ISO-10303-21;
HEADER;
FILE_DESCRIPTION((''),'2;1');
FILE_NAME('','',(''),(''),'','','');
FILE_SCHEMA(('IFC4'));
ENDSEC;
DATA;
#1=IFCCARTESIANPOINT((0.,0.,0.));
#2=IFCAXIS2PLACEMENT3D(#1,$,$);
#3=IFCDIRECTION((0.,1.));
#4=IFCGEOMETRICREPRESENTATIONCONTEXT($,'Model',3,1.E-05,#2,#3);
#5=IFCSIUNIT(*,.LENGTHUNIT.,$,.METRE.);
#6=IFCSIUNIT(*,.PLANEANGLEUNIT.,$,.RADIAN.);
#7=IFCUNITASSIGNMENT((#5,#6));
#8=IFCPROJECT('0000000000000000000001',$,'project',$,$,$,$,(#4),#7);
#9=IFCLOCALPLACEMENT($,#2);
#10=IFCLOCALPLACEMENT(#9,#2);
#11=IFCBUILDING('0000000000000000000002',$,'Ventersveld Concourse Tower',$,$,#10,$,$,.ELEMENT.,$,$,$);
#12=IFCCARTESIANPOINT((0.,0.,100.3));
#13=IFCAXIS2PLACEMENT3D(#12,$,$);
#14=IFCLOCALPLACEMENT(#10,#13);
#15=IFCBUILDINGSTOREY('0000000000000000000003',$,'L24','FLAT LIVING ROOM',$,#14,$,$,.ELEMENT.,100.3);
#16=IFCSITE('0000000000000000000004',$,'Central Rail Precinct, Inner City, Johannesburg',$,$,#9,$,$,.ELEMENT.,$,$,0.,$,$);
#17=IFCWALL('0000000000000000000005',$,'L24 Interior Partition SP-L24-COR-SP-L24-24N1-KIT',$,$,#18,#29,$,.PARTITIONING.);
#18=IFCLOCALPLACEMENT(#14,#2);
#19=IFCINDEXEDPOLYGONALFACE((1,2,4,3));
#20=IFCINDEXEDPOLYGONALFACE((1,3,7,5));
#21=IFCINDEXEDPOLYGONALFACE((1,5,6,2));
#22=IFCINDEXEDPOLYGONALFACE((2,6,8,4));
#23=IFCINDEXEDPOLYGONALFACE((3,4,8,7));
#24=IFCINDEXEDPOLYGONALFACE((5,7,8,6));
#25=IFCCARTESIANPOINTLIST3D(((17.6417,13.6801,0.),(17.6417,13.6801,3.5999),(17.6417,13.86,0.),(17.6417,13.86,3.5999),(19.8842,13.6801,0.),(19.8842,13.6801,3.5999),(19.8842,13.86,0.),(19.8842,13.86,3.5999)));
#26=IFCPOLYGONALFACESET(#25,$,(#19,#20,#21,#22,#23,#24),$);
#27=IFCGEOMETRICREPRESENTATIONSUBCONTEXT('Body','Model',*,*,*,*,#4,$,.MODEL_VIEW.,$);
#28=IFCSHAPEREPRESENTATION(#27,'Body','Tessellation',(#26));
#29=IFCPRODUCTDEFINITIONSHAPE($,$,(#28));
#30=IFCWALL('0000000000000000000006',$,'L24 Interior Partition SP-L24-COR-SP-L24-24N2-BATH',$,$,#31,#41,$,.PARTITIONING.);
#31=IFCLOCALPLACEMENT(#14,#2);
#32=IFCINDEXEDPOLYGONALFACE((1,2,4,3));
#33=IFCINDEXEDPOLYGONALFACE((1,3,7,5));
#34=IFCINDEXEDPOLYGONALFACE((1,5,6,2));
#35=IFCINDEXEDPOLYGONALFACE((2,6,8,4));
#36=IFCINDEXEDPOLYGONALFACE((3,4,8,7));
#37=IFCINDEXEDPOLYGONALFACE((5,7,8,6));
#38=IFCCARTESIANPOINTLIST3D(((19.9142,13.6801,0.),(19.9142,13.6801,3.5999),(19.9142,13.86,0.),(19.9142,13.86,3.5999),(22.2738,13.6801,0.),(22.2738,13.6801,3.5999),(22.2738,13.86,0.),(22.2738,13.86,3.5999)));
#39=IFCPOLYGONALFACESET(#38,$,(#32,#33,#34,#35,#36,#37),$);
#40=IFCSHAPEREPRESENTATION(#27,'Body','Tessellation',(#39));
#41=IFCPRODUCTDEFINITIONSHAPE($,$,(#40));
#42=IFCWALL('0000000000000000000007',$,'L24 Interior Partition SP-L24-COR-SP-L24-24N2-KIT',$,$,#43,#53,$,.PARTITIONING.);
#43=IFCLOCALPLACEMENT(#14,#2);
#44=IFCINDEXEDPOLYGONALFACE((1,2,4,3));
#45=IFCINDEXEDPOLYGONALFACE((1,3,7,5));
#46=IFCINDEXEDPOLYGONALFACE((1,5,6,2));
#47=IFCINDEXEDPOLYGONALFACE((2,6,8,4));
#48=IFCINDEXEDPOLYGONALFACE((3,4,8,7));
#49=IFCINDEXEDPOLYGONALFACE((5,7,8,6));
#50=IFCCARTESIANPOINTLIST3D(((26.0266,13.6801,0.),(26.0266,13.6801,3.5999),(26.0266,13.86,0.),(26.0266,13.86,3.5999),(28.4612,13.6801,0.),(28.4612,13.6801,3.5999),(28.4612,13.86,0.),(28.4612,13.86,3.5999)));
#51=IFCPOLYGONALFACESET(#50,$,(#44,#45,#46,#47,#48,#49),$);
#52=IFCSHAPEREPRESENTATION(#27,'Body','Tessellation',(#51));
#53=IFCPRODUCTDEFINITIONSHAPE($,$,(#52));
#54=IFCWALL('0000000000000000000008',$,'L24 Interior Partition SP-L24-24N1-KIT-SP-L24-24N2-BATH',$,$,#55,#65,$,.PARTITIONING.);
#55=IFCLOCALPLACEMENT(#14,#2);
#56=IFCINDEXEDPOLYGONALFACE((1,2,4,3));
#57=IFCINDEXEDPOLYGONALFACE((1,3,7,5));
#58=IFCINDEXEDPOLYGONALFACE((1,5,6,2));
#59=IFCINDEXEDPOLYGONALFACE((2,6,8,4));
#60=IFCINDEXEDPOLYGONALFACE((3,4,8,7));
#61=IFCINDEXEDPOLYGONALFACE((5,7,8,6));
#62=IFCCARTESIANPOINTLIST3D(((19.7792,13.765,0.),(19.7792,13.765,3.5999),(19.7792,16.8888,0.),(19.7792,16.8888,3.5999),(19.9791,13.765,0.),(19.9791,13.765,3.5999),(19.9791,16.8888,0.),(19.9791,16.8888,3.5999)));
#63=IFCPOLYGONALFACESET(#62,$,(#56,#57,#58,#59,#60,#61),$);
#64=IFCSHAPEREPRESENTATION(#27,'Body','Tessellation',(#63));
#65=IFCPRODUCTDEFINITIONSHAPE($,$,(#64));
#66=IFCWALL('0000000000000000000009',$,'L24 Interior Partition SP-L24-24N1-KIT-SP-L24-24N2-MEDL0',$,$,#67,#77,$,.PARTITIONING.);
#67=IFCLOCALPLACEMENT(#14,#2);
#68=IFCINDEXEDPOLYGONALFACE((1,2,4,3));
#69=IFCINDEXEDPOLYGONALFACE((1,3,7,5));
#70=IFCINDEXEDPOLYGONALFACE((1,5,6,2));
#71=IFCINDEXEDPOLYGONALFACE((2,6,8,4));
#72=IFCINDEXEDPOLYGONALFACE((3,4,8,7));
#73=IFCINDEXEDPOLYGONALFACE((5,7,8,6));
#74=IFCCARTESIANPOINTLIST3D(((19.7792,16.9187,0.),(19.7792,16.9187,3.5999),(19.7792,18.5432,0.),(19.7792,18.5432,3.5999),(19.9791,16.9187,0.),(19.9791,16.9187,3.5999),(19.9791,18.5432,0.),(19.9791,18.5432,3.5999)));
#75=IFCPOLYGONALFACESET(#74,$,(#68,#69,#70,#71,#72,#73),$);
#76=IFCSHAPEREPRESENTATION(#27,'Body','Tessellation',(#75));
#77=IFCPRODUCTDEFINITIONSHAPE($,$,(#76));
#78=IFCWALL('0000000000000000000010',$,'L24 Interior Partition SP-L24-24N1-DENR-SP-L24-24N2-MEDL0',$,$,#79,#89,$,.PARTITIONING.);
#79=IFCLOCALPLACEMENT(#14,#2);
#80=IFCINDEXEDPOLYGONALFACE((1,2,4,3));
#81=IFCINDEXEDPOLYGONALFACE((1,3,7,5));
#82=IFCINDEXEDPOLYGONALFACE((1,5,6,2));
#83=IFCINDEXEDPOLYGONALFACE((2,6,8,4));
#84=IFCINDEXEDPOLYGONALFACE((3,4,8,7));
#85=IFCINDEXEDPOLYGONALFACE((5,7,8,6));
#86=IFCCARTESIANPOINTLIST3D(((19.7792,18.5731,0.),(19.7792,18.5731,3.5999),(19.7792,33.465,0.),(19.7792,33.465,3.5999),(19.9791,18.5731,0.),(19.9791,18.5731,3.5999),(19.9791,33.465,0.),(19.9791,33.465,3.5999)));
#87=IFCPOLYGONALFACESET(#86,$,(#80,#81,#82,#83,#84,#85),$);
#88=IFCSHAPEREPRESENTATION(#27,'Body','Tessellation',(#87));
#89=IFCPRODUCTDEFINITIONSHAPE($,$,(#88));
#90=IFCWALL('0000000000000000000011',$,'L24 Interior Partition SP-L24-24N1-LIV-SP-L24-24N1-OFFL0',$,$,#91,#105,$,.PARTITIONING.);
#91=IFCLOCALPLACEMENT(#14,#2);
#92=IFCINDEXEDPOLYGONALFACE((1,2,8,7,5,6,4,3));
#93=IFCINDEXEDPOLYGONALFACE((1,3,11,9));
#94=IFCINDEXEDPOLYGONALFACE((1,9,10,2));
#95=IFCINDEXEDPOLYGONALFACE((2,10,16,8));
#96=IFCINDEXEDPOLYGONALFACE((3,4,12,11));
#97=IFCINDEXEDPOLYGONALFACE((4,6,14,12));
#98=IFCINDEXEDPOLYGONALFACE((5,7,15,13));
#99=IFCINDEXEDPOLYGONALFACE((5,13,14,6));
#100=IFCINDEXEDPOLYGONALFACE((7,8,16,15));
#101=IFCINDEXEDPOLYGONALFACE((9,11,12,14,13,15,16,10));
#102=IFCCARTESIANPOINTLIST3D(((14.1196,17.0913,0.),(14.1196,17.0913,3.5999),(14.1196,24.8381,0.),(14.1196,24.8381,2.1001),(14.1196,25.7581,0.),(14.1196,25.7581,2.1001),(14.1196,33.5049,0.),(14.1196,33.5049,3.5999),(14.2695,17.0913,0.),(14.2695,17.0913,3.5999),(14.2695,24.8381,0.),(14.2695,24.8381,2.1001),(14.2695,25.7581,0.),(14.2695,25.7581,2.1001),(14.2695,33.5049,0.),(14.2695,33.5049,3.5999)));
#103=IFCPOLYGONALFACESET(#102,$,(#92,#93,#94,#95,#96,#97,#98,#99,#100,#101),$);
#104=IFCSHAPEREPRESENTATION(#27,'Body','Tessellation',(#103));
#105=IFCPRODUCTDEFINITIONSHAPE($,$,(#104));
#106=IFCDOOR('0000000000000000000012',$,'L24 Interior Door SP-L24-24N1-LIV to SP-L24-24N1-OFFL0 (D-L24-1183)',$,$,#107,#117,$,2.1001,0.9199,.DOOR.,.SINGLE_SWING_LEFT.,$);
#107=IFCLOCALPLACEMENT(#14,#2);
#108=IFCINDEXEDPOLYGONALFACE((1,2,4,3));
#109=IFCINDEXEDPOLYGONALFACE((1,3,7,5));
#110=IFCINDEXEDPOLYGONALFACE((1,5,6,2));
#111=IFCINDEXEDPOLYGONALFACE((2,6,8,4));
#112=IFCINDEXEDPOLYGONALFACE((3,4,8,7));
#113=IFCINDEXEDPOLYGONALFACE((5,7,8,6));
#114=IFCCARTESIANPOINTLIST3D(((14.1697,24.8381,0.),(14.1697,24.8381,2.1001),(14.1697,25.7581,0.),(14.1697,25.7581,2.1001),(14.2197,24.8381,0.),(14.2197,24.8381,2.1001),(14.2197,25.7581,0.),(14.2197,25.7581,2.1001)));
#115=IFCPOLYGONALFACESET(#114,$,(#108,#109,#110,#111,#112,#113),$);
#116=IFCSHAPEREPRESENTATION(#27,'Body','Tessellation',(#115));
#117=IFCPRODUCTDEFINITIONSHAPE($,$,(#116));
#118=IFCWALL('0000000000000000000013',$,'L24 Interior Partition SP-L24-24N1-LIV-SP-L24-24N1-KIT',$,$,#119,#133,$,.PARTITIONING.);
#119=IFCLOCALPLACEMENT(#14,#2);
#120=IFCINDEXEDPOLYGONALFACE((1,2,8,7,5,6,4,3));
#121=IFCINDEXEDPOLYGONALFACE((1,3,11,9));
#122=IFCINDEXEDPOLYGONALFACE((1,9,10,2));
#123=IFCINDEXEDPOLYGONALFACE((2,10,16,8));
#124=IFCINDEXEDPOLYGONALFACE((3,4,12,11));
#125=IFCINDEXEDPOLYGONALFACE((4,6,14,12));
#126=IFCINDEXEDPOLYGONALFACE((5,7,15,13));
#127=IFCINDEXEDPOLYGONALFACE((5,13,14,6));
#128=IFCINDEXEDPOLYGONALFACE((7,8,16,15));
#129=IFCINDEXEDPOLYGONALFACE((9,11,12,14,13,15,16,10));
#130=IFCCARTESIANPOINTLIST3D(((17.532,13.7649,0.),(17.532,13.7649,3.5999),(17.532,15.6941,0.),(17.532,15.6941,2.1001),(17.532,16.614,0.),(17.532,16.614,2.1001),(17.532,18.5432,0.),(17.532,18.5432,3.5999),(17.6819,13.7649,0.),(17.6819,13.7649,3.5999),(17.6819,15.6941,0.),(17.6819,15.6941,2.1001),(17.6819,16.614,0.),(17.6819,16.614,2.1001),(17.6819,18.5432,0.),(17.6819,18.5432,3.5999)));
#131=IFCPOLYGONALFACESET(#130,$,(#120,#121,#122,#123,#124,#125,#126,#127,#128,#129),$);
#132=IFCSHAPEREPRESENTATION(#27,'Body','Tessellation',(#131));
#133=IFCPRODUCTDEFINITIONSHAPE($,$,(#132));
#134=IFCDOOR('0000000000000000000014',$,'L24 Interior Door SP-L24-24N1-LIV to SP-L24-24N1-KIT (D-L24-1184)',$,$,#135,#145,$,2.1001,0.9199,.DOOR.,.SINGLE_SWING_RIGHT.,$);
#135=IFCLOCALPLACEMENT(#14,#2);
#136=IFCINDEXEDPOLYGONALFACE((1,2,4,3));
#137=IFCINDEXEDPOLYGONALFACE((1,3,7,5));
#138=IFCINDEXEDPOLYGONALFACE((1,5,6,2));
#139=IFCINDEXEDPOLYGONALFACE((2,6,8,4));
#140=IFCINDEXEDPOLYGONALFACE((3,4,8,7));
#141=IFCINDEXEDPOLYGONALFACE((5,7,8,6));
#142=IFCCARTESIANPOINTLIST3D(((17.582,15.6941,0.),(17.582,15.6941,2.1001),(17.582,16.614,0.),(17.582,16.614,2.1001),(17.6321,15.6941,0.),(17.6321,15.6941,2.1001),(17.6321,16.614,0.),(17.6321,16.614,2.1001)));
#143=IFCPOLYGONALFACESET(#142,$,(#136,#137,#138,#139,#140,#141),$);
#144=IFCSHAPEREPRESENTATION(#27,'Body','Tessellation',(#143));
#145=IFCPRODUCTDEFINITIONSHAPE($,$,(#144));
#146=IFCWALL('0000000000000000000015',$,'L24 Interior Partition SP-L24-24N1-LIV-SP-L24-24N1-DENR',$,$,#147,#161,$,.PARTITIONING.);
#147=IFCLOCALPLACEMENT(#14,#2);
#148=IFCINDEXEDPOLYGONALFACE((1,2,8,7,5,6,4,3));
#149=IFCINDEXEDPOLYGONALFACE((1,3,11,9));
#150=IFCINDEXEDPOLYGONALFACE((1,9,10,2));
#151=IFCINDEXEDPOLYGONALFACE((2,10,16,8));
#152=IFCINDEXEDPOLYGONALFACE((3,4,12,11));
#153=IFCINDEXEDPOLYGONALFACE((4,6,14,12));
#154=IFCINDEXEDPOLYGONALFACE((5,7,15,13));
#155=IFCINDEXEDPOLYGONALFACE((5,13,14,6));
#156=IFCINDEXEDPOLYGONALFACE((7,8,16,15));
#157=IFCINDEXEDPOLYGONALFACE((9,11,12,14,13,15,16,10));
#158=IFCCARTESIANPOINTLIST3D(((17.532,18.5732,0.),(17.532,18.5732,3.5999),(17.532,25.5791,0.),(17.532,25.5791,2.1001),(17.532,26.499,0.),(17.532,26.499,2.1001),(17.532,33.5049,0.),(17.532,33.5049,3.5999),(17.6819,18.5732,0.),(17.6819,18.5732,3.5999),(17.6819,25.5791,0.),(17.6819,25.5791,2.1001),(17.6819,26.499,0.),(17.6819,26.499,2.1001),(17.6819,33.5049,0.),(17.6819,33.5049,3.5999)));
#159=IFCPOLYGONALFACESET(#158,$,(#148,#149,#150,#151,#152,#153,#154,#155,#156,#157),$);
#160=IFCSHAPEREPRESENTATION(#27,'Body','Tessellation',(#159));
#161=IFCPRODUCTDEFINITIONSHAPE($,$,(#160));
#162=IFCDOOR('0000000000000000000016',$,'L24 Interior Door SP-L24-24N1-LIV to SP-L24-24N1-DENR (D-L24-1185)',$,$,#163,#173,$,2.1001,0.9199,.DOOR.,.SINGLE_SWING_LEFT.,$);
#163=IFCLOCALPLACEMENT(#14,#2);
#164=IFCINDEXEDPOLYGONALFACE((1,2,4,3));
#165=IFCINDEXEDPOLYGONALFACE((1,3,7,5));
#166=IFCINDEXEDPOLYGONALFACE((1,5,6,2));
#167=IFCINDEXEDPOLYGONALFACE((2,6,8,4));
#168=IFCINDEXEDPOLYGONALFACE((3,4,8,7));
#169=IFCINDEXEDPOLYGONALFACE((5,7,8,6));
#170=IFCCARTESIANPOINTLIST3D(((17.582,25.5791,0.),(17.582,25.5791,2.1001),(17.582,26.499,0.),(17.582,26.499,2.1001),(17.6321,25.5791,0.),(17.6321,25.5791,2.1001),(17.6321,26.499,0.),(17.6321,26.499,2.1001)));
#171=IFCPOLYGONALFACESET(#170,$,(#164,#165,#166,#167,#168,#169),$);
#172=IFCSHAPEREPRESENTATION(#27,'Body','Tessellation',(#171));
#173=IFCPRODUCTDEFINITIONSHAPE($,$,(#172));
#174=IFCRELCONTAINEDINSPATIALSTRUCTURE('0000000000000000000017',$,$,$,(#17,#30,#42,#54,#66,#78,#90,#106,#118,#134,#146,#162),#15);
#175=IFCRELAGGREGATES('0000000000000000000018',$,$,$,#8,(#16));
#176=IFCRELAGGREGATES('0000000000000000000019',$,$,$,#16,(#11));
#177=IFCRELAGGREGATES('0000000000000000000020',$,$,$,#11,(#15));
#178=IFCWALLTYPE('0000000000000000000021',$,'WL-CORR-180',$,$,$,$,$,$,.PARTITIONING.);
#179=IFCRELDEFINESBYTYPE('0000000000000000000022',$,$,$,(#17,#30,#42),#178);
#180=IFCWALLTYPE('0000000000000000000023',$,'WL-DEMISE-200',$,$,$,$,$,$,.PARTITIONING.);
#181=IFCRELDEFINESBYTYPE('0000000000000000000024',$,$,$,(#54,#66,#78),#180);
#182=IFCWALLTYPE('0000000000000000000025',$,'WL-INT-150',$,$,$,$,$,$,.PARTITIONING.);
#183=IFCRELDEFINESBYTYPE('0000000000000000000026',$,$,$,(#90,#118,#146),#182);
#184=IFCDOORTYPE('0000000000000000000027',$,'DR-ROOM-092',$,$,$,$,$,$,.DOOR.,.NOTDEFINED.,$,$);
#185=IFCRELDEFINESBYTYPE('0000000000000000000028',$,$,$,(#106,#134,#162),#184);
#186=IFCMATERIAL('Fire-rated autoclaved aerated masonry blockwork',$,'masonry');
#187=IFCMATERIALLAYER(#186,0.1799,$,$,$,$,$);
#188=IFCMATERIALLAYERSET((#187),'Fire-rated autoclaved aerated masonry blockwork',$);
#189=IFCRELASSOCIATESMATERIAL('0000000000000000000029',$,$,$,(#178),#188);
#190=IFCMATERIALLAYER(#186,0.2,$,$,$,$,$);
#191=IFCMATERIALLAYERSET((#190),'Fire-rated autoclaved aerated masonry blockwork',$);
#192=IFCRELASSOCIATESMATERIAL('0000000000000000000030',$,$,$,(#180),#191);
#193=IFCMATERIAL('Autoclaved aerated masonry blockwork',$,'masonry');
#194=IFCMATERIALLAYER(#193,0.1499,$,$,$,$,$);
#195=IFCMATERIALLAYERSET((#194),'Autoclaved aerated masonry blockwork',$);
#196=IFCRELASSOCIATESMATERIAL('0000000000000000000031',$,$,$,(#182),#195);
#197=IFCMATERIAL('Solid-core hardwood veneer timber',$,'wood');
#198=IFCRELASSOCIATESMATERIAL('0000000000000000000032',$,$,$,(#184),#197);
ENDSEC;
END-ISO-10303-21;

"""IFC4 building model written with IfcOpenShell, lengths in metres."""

from ifc_helpers import new_model, si_unit, direction, frame, frame_2d, origin, place, context, subcontext, project, spatial, rectangle, extrude, material, layer, layer_set, type_object, element, fill, save


model = new_model("IFC4")

# Units and contexts
model_context = context("Model", 3, precision=1e-05, world=origin(), true_north=direction((0.0, 1.0)))
body_context = subcontext(model_context, "Body", "Model", "MODEL_VIEW")
ifc_project = project(units=[si_unit("LENGTHUNIT", "METRE"), si_unit("PLANEANGLEUNIT", "RADIAN")], contexts=[model_context])

# Site, building, storey
site_placement = place(None, origin())
site = spatial("IfcSite", under=ifc_project, at=site_placement, Name="Central Rail Precinct, Inner City, Johannesburg", CompositionType="ELEMENT", RefElevation=0.0)
building_placement = place(site_placement, origin())
building = spatial("IfcBuilding", under=site, at=building_placement, Name="Ventersveld Concourse Tower", CompositionType="ELEMENT")
storey_placement = place(building_placement, frame((0.0, 0.0, 100.3)))
storey = spatial("IfcBuildingStorey", under=building, at=storey_placement, Name="L24", Description="FLAT LIVING ROOM", CompositionType="ELEMENT", Elevation=100.3)

# Wall
ifc_material_1 = material(Name="Fire-rated autoclaved aerated masonry blockwork", Category="masonry")
ifc_layer_1 = layer(ifc_material_1, 0.1799)
ifc_layer_set_1 = layer_set([ifc_layer_1], Name="Fire-rated autoclaved aerated masonry blockwork")
wall_type_1 = type_object("IfcWallType", Name="WL-CORR-180", PredefinedType="PARTITIONING", material=ifc_layer_set_1)
wall_1_placement = place(storey_placement, frame((17.6418, 13.77, 0.0), z_axis=(0.0, 0.0, 1.0), x_axis=(1.0, 0.0, 0.0)))
element("IfcWall", 1, at=wall_1_placement, inside=storey, type_object=wall_type_1, Name="L24 Interior Partition SP-L24-COR-SP-L24-24N1-KIT", PredefinedType="PARTITIONING", context=body_context, shape_type="SweptSolid", body=[
    extrude(rectangle(XDim=2.2424, YDim=0.1799, at=frame_2d((1.1211, 0.0))), origin(), (0.0, 0.0, 1.0), 3.5999),
])

# Shared definitions
ifc_material_2 = material(Name="Solid-core hardwood veneer timber", Category="wood")

# Walls
wall_2_placement = place(storey_placement, frame((19.9143, 13.77, 0.0), z_axis=(0.0, 0.0, 1.0), x_axis=(1.0, 0.0, 0.0)))
element("IfcWall", 2, at=wall_2_placement, inside=storey, type_object=wall_type_1, Name="L24 Interior Partition SP-L24-COR-SP-L24-24N2-BATH", PredefinedType="PARTITIONING", context=body_context, shape_type="SweptSolid", body=[
    extrude(rectangle(XDim=2.3596, YDim=0.1799, at=frame_2d((1.1797, 0.0))), origin(), (0.0, 0.0, 1.0), 3.5999),
])
wall_3_placement = place(storey_placement, frame((26.0266, 13.77, 0.0), z_axis=(0.0, 0.0, 1.0), x_axis=(1.0, 0.0, 0.0)))
element("IfcWall", 3, at=wall_3_placement, inside=storey, type_object=wall_type_1, Name="L24 Interior Partition SP-L24-COR-SP-L24-24N2-KIT", PredefinedType="PARTITIONING", context=body_context, shape_type="SweptSolid", body=[
    extrude(rectangle(XDim=2.4346, YDim=0.1799, at=frame_2d((1.2173, 0.0))), origin(), (0.0, 0.0, 1.0), 3.5999),
])
ifc_layer_2 = layer(ifc_material_1, 0.2)
ifc_layer_set_2 = layer_set([ifc_layer_2], Name="Fire-rated autoclaved aerated masonry blockwork")
wall_type_2 = type_object("IfcWallType", Name="WL-DEMISE-200", PredefinedType="PARTITIONING", material=ifc_layer_set_2)
wall_4_placement = place(storey_placement, frame((19.8792, 13.7649, 0.0), z_axis=(0.0, 0.0, 1.0), x_axis=(0.0, 1.0, 0.0)))
element("IfcWall", 4, at=wall_4_placement, inside=storey, type_object=wall_type_2, Name="L24 Interior Partition SP-L24-24N1-KIT-SP-L24-24N2-BATH", PredefinedType="PARTITIONING", context=body_context, shape_type="SweptSolid", body=[
    extrude(rectangle(XDim=3.1238, YDim=0.2, at=frame_2d((1.562, 0.0))), origin(), (0.0, 0.0, 1.0), 3.5999),
])
wall_5_placement = place(storey_placement, frame((19.8792, 16.9187, 0.0), z_axis=(0.0, 0.0, 1.0), x_axis=(0.0, 1.0, 0.0)))
element("IfcWall", 5, at=wall_5_placement, inside=storey, type_object=wall_type_2, Name="L24 Interior Partition SP-L24-24N1-KIT-SP-L24-24N2-MEDL0", PredefinedType="PARTITIONING", context=body_context, shape_type="SweptSolid", body=[
    extrude(rectangle(XDim=1.6245, YDim=0.2, at=frame_2d((0.8123, 0.0))), origin(), (0.0, 0.0, 1.0), 3.5999),
])
wall_6_placement = place(storey_placement, frame((19.8792, 18.5732, 0.0), z_axis=(0.0, 0.0, 1.0), x_axis=(0.0, 1.0, 0.0)))
element("IfcWall", 6, at=wall_6_placement, inside=storey, type_object=wall_type_2, Name="L24 Interior Partition SP-L24-24N1-DENR-SP-L24-24N2-MEDL0", PredefinedType="PARTITIONING", context=body_context, shape_type="SweptSolid", body=[
    extrude(rectangle(XDim=14.8918, YDim=0.2, at=frame_2d((7.4458, 0.0))), origin(), (0.0, 0.0, 1.0), 3.5999),
])

# Walls, openings, doors
ifc_material_3 = material(Name="Autoclaved aerated masonry blockwork", Category="masonry")
ifc_layer_3 = layer(ifc_material_3, 0.1499)
ifc_layer_set_3 = layer_set([ifc_layer_3], Name="Autoclaved aerated masonry blockwork")
wall_type_3 = type_object("IfcWallType", Name="WL-INT-150", PredefinedType="PARTITIONING", material=ifc_layer_set_3)
wall_7_placement = place(storey_placement, frame((14.1946, 17.0913, 0.0), z_axis=(0.0, 0.0, 1.0), x_axis=(0.0, 1.0, 0.0)))
wall_7 = element("IfcWall", 7, at=wall_7_placement, inside=storey, type_object=wall_type_3, Name="L24 Interior Partition SP-L24-24N1-LIV-SP-L24-24N1-OFFL0", PredefinedType="PARTITIONING", context=body_context, shape_type="SweptSolid", body=[
    extrude(rectangle(XDim=16.4136, YDim=0.1499, at=frame_2d((8.2068, 0.0))), origin(), (0.0, 0.0, 1.0), 3.5999),
])
opening_1_placement = place(wall_7_placement, frame((7.7468, 0.0, 0.0)))
opening_1 = element("IfcOpeningElement", 8, at=opening_1_placement, cuts=wall_7, PredefinedType="OPENING", context=body_context, shape_type="SweptSolid", body=[
    extrude(rectangle(XDim=0.9199, YDim=2.1001, at=frame_2d((0.46, 1.05))), frame((0.0, 0.085, 0.0), z_axis=(0.0, -1.0, 0.0), x_axis=(1.0, 0.0, 0.0)), (0.0, 0.0, 1.0), 0.1699),
])
door_type_1 = type_object("IfcDoorType", Name="DR-ROOM-092", OperationType="NOTDEFINED", PredefinedType="DOOR", material=ifc_material_2)
door_1_placement = place(opening_1_placement, origin())
door_1 = element("IfcDoor", 9, at=door_1_placement, inside=storey, type_object=door_type_1, Name="L24 Interior Door SP-L24-24N1-LIV to SP-L24-24N1-OFFL0 (D-L24-1183)", OperationType="SINGLE_SWING_LEFT", OverallHeight=2.1001, OverallWidth=0.9199, PredefinedType="DOOR", context=body_context, shape_type="SweptSolid", body=[
    extrude(rectangle(XDim=0.9199, YDim=2.1001, at=frame_2d((0.46, 1.05))), frame((0.0, 0.0249, 0.0), z_axis=(0.0, -1.0, 0.0), x_axis=(1.0, 0.0, 0.0)), (0.0, 0.0, 1.0), 0.05),
])
fill(opening_1, door_1)
wall_8_placement = place(storey_placement, frame((17.6069, 13.7649, 0.0), z_axis=(0.0, 0.0, 1.0), x_axis=(0.0, 1.0, 0.0)))
wall_8 = element("IfcWall", 10, at=wall_8_placement, inside=storey, type_object=wall_type_3, Name="L24 Interior Partition SP-L24-24N1-LIV-SP-L24-24N1-KIT", PredefinedType="PARTITIONING", context=body_context, shape_type="SweptSolid", body=[
    extrude(rectangle(XDim=4.7783, YDim=0.1499, at=frame_2d((2.3892, 0.0))), origin(), (0.0, 0.0, 1.0), 3.5999),
])
opening_2_placement = place(wall_8_placement, frame((1.9292, 0.0, 0.0)))
opening_2 = element("IfcOpeningElement", 11, at=opening_2_placement, cuts=wall_8, PredefinedType="OPENING", context=body_context, shape_type="SweptSolid", body=[
    extrude(rectangle(XDim=0.9199, YDim=2.1001, at=frame_2d((0.46, 1.05))), frame((0.0, 0.085, 0.0), z_axis=(0.0, -1.0, 0.0), x_axis=(1.0, 0.0, 0.0)), (0.0, 0.0, 1.0), 0.1699),
])
door_2_placement = place(opening_2_placement, origin())
door_2 = element("IfcDoor", 12, at=door_2_placement, inside=storey, type_object=door_type_1, Name="L24 Interior Door SP-L24-24N1-LIV to SP-L24-24N1-KIT (D-L24-1184)", OperationType="SINGLE_SWING_RIGHT", OverallHeight=2.1001, OverallWidth=0.9199, PredefinedType="DOOR", context=body_context, shape_type="SweptSolid", body=[
    extrude(rectangle(XDim=0.9199, YDim=2.1001, at=frame_2d((0.46, 1.05))), frame((0.0, 0.0249, 0.0), z_axis=(0.0, -1.0, 0.0), x_axis=(1.0, 0.0, 0.0)), (0.0, 0.0, 1.0), 0.05),
])
fill(opening_2, door_2)
wall_9_placement = place(storey_placement, frame((17.6069, 18.5732, 0.0), z_axis=(0.0, 0.0, 1.0), x_axis=(0.0, 1.0, 0.0)))
wall_9 = element("IfcWall", 13, at=wall_9_placement, inside=storey, type_object=wall_type_3, Name="L24 Interior Partition SP-L24-24N1-LIV-SP-L24-24N1-DENR", PredefinedType="PARTITIONING", context=body_context, shape_type="SweptSolid", body=[
    extrude(rectangle(XDim=14.9316, YDim=0.1499, at=frame_2d((7.4658, 0.0))), origin(), (0.0, 0.0, 1.0), 3.5999),
])
opening_3_placement = place(wall_9_placement, frame((7.0059, 0.0, 0.0)))
opening_3 = element("IfcOpeningElement", 14, at=opening_3_placement, cuts=wall_9, PredefinedType="OPENING", context=body_context, shape_type="SweptSolid", body=[
    extrude(rectangle(XDim=0.9199, YDim=2.1001, at=frame_2d((0.46, 1.05))), frame((0.0, 0.085, 0.0), z_axis=(0.0, -1.0, 0.0), x_axis=(1.0, 0.0, 0.0)), (0.0, 0.0, 1.0), 0.1699),
])
door_3_placement = place(opening_3_placement, origin())
door_3 = element("IfcDoor", 15, at=door_3_placement, inside=storey, type_object=door_type_1, Name="L24 Interior Door SP-L24-24N1-LIV to SP-L24-24N1-DENR (D-L24-1185)", OperationType="SINGLE_SWING_LEFT", OverallHeight=2.1001, OverallWidth=0.9199, PredefinedType="DOOR", context=body_context, shape_type="SweptSolid", body=[
    extrude(rectangle(XDim=0.9199, YDim=2.1001, at=frame_2d((0.46, 1.05))), frame((0.0, 0.0249, 0.0), z_axis=(0.0, -1.0, 0.0), x_axis=(1.0, 0.0, 0.0)), (0.0, 0.0, 1.0), 0.05),
])
fill(opening_3, door_3)

save(model, "model.ifc")
